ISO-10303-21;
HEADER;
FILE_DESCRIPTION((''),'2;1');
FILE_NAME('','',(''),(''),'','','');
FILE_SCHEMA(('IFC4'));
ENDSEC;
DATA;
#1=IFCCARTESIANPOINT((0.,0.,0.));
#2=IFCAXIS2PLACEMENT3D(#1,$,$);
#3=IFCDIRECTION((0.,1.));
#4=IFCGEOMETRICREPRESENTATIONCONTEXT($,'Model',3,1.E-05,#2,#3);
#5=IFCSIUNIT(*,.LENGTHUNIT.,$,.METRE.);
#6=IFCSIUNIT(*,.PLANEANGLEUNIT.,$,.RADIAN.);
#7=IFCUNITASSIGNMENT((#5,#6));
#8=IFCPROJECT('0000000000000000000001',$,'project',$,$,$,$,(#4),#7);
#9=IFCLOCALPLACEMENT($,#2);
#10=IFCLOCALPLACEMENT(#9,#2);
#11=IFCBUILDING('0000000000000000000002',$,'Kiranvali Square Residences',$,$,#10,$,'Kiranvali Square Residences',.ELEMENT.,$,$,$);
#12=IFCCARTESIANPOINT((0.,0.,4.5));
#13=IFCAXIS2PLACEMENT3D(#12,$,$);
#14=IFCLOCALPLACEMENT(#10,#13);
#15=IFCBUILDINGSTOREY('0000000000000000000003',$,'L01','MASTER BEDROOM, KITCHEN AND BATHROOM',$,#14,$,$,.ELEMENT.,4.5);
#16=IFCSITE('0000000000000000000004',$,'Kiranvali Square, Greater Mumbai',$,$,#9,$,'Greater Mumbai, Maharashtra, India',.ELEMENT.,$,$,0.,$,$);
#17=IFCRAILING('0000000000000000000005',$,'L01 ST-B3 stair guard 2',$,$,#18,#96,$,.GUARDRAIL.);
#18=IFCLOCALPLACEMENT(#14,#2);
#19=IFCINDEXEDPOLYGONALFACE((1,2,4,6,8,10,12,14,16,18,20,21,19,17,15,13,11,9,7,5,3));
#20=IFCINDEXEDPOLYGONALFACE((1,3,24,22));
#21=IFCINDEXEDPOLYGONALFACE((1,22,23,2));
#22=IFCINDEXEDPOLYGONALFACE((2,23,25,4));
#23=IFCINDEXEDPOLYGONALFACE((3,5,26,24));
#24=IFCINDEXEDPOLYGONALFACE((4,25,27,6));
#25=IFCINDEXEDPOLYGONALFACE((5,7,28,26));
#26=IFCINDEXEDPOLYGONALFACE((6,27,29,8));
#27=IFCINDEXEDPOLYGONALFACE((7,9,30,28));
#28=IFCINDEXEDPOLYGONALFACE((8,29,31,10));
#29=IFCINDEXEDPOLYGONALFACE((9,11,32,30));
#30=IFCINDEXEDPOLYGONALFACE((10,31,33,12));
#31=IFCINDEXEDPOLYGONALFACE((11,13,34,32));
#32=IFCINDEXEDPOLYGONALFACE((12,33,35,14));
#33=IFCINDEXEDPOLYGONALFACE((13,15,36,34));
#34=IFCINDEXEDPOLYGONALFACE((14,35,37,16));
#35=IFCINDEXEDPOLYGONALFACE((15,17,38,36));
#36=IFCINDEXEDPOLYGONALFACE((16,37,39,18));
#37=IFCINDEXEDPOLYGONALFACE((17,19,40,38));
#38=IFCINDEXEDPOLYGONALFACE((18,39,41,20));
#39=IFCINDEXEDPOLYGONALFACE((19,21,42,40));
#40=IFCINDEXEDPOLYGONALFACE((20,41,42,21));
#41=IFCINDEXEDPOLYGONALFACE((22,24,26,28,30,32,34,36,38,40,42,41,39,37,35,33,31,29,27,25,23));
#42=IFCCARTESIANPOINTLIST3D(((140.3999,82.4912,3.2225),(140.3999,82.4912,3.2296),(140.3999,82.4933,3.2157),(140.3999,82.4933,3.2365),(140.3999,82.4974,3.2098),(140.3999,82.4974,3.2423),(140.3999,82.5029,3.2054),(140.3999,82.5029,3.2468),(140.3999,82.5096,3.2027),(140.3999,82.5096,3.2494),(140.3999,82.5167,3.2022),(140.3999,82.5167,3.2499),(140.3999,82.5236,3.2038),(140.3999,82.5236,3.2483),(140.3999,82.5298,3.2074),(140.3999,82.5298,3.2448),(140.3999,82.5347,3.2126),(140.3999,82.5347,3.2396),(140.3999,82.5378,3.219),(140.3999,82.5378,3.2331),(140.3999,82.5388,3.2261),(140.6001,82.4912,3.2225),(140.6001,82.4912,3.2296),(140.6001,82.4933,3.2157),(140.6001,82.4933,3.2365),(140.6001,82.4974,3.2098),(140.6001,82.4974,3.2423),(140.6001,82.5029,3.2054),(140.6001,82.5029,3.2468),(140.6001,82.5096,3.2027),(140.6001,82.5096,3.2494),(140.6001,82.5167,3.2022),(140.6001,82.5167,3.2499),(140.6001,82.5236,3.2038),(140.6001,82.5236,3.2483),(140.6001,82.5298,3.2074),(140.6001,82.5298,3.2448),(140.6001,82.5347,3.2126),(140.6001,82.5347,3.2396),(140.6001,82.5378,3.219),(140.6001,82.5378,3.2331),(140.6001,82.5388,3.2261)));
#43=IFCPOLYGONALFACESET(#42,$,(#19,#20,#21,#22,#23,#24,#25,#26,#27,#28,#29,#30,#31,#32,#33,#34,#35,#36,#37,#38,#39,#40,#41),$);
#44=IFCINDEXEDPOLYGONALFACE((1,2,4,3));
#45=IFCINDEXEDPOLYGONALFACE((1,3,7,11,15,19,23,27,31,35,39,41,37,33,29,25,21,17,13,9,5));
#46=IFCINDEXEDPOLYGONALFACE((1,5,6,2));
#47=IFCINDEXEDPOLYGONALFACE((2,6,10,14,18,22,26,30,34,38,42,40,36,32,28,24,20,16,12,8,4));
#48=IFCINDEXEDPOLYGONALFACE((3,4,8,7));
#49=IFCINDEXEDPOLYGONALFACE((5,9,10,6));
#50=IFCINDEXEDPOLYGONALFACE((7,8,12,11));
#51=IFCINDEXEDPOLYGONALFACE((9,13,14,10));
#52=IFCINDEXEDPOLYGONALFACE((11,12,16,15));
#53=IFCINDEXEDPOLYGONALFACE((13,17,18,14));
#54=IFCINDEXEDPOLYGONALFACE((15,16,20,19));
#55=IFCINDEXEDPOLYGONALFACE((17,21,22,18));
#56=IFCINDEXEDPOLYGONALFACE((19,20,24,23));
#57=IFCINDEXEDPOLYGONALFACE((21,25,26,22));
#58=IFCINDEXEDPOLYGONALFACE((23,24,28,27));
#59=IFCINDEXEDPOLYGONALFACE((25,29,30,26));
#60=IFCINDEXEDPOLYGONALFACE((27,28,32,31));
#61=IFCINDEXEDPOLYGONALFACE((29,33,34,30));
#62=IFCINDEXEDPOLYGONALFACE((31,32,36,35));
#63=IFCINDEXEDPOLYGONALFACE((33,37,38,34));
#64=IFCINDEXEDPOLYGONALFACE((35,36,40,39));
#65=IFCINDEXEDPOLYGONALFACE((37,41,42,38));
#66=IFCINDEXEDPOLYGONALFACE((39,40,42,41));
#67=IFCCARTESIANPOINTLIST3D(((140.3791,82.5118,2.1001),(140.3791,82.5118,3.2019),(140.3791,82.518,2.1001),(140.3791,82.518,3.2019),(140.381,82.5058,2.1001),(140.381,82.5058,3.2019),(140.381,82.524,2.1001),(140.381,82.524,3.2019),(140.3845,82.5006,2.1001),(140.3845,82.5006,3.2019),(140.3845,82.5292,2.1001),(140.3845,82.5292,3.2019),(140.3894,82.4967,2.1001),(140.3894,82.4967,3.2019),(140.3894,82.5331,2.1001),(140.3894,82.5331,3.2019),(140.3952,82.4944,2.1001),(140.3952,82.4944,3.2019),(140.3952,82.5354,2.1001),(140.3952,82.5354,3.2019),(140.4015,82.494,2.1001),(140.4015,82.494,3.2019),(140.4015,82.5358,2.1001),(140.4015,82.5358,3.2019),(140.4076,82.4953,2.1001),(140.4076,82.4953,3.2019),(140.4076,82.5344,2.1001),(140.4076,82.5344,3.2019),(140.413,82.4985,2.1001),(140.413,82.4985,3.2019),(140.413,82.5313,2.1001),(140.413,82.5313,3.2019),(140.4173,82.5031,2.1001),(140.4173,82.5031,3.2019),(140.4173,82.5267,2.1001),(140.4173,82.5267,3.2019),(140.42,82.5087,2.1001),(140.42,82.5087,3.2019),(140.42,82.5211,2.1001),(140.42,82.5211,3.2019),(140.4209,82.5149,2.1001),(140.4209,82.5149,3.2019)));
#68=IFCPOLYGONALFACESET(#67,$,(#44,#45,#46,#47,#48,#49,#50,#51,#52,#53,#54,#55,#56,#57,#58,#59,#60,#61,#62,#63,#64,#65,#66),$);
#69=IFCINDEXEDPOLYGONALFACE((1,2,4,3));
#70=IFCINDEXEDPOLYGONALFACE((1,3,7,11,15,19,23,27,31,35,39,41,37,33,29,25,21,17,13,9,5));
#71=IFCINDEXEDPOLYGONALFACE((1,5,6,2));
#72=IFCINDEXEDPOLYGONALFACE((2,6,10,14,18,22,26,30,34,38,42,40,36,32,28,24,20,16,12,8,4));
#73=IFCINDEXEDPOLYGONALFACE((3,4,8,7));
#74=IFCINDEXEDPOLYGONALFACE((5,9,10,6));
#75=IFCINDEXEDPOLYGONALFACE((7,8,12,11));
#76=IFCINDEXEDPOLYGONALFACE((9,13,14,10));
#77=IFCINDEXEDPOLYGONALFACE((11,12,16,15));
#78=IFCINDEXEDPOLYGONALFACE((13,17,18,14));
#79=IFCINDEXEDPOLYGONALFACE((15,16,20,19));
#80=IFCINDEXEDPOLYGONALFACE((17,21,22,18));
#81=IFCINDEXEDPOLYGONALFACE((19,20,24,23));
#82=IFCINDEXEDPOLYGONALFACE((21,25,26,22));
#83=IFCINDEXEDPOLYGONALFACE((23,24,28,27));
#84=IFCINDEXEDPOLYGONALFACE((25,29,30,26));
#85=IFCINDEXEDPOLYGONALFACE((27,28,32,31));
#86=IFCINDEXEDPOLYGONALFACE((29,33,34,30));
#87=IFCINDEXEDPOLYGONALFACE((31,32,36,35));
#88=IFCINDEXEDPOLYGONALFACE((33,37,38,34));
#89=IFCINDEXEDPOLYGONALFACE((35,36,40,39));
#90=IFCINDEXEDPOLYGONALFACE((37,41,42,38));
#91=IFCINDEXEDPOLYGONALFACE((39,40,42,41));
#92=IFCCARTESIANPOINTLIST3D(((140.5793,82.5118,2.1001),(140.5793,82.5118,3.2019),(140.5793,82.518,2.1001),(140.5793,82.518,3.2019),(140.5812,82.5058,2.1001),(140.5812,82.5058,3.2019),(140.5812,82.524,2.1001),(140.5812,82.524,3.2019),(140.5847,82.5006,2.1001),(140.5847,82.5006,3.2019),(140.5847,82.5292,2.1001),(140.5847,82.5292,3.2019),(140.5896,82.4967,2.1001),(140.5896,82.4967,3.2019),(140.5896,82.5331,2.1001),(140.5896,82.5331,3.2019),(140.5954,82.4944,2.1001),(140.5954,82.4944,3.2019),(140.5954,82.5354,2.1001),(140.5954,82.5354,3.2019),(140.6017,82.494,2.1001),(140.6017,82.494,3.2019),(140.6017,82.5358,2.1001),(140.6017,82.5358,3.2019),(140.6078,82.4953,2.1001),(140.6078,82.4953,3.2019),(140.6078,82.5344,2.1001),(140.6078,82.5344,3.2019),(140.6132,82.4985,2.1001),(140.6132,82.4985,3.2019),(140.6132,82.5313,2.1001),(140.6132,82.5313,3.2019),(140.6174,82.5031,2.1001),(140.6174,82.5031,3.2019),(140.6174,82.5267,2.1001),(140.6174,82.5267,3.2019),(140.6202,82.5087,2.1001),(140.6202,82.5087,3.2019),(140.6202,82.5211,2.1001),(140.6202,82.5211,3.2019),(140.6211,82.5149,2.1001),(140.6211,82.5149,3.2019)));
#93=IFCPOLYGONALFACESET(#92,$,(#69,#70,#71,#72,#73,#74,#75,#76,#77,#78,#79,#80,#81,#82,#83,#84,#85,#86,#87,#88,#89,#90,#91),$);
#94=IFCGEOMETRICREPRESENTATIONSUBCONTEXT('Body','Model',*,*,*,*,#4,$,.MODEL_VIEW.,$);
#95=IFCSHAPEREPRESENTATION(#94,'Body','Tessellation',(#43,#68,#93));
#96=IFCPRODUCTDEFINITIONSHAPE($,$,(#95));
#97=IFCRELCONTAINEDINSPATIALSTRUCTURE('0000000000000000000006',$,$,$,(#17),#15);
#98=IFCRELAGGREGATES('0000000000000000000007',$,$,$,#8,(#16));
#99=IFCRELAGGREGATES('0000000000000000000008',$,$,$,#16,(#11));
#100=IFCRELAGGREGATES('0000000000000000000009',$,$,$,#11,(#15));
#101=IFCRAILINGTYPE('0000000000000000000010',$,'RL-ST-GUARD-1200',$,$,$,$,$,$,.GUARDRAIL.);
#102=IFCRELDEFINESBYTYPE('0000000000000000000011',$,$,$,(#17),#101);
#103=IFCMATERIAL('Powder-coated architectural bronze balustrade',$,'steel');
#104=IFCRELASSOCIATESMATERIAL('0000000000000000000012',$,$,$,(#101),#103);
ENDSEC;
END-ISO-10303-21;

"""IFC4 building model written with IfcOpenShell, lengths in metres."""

from ifc_helpers import new_model, si_unit, direction, frame, origin, origin_2d, place, context, subcontext, project, spatial, circle, extrude, material, type_object, element, save


model = new_model("IFC4")

# Units and contexts
model_context = context("Model", 3, precision=1e-05, world=origin(), true_north=direction((0.0, 1.0)))
body_context = subcontext(model_context, "Body", "Model", "MODEL_VIEW")
ifc_project = project(units=[si_unit("LENGTHUNIT", "METRE"), si_unit("PLANEANGLEUNIT", "RADIAN")], contexts=[model_context])

# Site, building, storey
site_placement = place(None, origin())
site = spatial("IfcSite", under=ifc_project, at=site_placement, Name="Kiranvali Square, Greater Mumbai", LongName="Greater Mumbai, Maharashtra, India", CompositionType="ELEMENT", RefElevation=0.0)
building_placement = place(site_placement, origin())
building = spatial("IfcBuilding", under=site, at=building_placement, Name="Kiranvali Square Residences", LongName="Kiranvali Square Residences", CompositionType="ELEMENT")
storey_placement = place(building_placement, frame((0.0, 0.0, 4.5)))
storey = spatial("IfcBuildingStorey", under=building, at=storey_placement, Name="L01", Description="MASTER BEDROOM, KITCHEN AND BATHROOM", CompositionType="ELEMENT", Elevation=4.5)

# Railing
ifc_material_1 = material(Name="Powder-coated architectural bronze balustrade", Category="steel")
railing_type = type_object("IfcRailingType", Name="RL-ST-GUARD-1200", PredefinedType="GUARDRAIL", material=ifc_material_1)
railing_1_placement = place(storey_placement, frame((140.3999, 82.5149, 2.1001)))
element("IfcRailing", 1, at=railing_1_placement, inside=storey, type_object=railing_type, Name="L01 ST-B3 stair guard 2", PredefinedType="GUARDRAIL", context=body_context, shape_type="SweptSolid", body=[
    extrude(circle(Radius=0.0239, at=origin_2d()), frame((0.0, 0.0, 1.126), z_axis=(1.0, 0.0, 0.0), x_axis=(0.0, 1.0, 0.0)), (0.0, 0.0, 1.0), 0.2002),
    extrude(circle(Radius=0.021, at=origin_2d()), origin(), (0.0, 0.0, 1.0), 1.1018),
    extrude(circle(Radius=0.021, at=origin_2d()), frame((0.2002, 0.0, 0.0)), (0.0, 0.0, 1.0), 1.1018),
])

save(model, "model.ifc")
